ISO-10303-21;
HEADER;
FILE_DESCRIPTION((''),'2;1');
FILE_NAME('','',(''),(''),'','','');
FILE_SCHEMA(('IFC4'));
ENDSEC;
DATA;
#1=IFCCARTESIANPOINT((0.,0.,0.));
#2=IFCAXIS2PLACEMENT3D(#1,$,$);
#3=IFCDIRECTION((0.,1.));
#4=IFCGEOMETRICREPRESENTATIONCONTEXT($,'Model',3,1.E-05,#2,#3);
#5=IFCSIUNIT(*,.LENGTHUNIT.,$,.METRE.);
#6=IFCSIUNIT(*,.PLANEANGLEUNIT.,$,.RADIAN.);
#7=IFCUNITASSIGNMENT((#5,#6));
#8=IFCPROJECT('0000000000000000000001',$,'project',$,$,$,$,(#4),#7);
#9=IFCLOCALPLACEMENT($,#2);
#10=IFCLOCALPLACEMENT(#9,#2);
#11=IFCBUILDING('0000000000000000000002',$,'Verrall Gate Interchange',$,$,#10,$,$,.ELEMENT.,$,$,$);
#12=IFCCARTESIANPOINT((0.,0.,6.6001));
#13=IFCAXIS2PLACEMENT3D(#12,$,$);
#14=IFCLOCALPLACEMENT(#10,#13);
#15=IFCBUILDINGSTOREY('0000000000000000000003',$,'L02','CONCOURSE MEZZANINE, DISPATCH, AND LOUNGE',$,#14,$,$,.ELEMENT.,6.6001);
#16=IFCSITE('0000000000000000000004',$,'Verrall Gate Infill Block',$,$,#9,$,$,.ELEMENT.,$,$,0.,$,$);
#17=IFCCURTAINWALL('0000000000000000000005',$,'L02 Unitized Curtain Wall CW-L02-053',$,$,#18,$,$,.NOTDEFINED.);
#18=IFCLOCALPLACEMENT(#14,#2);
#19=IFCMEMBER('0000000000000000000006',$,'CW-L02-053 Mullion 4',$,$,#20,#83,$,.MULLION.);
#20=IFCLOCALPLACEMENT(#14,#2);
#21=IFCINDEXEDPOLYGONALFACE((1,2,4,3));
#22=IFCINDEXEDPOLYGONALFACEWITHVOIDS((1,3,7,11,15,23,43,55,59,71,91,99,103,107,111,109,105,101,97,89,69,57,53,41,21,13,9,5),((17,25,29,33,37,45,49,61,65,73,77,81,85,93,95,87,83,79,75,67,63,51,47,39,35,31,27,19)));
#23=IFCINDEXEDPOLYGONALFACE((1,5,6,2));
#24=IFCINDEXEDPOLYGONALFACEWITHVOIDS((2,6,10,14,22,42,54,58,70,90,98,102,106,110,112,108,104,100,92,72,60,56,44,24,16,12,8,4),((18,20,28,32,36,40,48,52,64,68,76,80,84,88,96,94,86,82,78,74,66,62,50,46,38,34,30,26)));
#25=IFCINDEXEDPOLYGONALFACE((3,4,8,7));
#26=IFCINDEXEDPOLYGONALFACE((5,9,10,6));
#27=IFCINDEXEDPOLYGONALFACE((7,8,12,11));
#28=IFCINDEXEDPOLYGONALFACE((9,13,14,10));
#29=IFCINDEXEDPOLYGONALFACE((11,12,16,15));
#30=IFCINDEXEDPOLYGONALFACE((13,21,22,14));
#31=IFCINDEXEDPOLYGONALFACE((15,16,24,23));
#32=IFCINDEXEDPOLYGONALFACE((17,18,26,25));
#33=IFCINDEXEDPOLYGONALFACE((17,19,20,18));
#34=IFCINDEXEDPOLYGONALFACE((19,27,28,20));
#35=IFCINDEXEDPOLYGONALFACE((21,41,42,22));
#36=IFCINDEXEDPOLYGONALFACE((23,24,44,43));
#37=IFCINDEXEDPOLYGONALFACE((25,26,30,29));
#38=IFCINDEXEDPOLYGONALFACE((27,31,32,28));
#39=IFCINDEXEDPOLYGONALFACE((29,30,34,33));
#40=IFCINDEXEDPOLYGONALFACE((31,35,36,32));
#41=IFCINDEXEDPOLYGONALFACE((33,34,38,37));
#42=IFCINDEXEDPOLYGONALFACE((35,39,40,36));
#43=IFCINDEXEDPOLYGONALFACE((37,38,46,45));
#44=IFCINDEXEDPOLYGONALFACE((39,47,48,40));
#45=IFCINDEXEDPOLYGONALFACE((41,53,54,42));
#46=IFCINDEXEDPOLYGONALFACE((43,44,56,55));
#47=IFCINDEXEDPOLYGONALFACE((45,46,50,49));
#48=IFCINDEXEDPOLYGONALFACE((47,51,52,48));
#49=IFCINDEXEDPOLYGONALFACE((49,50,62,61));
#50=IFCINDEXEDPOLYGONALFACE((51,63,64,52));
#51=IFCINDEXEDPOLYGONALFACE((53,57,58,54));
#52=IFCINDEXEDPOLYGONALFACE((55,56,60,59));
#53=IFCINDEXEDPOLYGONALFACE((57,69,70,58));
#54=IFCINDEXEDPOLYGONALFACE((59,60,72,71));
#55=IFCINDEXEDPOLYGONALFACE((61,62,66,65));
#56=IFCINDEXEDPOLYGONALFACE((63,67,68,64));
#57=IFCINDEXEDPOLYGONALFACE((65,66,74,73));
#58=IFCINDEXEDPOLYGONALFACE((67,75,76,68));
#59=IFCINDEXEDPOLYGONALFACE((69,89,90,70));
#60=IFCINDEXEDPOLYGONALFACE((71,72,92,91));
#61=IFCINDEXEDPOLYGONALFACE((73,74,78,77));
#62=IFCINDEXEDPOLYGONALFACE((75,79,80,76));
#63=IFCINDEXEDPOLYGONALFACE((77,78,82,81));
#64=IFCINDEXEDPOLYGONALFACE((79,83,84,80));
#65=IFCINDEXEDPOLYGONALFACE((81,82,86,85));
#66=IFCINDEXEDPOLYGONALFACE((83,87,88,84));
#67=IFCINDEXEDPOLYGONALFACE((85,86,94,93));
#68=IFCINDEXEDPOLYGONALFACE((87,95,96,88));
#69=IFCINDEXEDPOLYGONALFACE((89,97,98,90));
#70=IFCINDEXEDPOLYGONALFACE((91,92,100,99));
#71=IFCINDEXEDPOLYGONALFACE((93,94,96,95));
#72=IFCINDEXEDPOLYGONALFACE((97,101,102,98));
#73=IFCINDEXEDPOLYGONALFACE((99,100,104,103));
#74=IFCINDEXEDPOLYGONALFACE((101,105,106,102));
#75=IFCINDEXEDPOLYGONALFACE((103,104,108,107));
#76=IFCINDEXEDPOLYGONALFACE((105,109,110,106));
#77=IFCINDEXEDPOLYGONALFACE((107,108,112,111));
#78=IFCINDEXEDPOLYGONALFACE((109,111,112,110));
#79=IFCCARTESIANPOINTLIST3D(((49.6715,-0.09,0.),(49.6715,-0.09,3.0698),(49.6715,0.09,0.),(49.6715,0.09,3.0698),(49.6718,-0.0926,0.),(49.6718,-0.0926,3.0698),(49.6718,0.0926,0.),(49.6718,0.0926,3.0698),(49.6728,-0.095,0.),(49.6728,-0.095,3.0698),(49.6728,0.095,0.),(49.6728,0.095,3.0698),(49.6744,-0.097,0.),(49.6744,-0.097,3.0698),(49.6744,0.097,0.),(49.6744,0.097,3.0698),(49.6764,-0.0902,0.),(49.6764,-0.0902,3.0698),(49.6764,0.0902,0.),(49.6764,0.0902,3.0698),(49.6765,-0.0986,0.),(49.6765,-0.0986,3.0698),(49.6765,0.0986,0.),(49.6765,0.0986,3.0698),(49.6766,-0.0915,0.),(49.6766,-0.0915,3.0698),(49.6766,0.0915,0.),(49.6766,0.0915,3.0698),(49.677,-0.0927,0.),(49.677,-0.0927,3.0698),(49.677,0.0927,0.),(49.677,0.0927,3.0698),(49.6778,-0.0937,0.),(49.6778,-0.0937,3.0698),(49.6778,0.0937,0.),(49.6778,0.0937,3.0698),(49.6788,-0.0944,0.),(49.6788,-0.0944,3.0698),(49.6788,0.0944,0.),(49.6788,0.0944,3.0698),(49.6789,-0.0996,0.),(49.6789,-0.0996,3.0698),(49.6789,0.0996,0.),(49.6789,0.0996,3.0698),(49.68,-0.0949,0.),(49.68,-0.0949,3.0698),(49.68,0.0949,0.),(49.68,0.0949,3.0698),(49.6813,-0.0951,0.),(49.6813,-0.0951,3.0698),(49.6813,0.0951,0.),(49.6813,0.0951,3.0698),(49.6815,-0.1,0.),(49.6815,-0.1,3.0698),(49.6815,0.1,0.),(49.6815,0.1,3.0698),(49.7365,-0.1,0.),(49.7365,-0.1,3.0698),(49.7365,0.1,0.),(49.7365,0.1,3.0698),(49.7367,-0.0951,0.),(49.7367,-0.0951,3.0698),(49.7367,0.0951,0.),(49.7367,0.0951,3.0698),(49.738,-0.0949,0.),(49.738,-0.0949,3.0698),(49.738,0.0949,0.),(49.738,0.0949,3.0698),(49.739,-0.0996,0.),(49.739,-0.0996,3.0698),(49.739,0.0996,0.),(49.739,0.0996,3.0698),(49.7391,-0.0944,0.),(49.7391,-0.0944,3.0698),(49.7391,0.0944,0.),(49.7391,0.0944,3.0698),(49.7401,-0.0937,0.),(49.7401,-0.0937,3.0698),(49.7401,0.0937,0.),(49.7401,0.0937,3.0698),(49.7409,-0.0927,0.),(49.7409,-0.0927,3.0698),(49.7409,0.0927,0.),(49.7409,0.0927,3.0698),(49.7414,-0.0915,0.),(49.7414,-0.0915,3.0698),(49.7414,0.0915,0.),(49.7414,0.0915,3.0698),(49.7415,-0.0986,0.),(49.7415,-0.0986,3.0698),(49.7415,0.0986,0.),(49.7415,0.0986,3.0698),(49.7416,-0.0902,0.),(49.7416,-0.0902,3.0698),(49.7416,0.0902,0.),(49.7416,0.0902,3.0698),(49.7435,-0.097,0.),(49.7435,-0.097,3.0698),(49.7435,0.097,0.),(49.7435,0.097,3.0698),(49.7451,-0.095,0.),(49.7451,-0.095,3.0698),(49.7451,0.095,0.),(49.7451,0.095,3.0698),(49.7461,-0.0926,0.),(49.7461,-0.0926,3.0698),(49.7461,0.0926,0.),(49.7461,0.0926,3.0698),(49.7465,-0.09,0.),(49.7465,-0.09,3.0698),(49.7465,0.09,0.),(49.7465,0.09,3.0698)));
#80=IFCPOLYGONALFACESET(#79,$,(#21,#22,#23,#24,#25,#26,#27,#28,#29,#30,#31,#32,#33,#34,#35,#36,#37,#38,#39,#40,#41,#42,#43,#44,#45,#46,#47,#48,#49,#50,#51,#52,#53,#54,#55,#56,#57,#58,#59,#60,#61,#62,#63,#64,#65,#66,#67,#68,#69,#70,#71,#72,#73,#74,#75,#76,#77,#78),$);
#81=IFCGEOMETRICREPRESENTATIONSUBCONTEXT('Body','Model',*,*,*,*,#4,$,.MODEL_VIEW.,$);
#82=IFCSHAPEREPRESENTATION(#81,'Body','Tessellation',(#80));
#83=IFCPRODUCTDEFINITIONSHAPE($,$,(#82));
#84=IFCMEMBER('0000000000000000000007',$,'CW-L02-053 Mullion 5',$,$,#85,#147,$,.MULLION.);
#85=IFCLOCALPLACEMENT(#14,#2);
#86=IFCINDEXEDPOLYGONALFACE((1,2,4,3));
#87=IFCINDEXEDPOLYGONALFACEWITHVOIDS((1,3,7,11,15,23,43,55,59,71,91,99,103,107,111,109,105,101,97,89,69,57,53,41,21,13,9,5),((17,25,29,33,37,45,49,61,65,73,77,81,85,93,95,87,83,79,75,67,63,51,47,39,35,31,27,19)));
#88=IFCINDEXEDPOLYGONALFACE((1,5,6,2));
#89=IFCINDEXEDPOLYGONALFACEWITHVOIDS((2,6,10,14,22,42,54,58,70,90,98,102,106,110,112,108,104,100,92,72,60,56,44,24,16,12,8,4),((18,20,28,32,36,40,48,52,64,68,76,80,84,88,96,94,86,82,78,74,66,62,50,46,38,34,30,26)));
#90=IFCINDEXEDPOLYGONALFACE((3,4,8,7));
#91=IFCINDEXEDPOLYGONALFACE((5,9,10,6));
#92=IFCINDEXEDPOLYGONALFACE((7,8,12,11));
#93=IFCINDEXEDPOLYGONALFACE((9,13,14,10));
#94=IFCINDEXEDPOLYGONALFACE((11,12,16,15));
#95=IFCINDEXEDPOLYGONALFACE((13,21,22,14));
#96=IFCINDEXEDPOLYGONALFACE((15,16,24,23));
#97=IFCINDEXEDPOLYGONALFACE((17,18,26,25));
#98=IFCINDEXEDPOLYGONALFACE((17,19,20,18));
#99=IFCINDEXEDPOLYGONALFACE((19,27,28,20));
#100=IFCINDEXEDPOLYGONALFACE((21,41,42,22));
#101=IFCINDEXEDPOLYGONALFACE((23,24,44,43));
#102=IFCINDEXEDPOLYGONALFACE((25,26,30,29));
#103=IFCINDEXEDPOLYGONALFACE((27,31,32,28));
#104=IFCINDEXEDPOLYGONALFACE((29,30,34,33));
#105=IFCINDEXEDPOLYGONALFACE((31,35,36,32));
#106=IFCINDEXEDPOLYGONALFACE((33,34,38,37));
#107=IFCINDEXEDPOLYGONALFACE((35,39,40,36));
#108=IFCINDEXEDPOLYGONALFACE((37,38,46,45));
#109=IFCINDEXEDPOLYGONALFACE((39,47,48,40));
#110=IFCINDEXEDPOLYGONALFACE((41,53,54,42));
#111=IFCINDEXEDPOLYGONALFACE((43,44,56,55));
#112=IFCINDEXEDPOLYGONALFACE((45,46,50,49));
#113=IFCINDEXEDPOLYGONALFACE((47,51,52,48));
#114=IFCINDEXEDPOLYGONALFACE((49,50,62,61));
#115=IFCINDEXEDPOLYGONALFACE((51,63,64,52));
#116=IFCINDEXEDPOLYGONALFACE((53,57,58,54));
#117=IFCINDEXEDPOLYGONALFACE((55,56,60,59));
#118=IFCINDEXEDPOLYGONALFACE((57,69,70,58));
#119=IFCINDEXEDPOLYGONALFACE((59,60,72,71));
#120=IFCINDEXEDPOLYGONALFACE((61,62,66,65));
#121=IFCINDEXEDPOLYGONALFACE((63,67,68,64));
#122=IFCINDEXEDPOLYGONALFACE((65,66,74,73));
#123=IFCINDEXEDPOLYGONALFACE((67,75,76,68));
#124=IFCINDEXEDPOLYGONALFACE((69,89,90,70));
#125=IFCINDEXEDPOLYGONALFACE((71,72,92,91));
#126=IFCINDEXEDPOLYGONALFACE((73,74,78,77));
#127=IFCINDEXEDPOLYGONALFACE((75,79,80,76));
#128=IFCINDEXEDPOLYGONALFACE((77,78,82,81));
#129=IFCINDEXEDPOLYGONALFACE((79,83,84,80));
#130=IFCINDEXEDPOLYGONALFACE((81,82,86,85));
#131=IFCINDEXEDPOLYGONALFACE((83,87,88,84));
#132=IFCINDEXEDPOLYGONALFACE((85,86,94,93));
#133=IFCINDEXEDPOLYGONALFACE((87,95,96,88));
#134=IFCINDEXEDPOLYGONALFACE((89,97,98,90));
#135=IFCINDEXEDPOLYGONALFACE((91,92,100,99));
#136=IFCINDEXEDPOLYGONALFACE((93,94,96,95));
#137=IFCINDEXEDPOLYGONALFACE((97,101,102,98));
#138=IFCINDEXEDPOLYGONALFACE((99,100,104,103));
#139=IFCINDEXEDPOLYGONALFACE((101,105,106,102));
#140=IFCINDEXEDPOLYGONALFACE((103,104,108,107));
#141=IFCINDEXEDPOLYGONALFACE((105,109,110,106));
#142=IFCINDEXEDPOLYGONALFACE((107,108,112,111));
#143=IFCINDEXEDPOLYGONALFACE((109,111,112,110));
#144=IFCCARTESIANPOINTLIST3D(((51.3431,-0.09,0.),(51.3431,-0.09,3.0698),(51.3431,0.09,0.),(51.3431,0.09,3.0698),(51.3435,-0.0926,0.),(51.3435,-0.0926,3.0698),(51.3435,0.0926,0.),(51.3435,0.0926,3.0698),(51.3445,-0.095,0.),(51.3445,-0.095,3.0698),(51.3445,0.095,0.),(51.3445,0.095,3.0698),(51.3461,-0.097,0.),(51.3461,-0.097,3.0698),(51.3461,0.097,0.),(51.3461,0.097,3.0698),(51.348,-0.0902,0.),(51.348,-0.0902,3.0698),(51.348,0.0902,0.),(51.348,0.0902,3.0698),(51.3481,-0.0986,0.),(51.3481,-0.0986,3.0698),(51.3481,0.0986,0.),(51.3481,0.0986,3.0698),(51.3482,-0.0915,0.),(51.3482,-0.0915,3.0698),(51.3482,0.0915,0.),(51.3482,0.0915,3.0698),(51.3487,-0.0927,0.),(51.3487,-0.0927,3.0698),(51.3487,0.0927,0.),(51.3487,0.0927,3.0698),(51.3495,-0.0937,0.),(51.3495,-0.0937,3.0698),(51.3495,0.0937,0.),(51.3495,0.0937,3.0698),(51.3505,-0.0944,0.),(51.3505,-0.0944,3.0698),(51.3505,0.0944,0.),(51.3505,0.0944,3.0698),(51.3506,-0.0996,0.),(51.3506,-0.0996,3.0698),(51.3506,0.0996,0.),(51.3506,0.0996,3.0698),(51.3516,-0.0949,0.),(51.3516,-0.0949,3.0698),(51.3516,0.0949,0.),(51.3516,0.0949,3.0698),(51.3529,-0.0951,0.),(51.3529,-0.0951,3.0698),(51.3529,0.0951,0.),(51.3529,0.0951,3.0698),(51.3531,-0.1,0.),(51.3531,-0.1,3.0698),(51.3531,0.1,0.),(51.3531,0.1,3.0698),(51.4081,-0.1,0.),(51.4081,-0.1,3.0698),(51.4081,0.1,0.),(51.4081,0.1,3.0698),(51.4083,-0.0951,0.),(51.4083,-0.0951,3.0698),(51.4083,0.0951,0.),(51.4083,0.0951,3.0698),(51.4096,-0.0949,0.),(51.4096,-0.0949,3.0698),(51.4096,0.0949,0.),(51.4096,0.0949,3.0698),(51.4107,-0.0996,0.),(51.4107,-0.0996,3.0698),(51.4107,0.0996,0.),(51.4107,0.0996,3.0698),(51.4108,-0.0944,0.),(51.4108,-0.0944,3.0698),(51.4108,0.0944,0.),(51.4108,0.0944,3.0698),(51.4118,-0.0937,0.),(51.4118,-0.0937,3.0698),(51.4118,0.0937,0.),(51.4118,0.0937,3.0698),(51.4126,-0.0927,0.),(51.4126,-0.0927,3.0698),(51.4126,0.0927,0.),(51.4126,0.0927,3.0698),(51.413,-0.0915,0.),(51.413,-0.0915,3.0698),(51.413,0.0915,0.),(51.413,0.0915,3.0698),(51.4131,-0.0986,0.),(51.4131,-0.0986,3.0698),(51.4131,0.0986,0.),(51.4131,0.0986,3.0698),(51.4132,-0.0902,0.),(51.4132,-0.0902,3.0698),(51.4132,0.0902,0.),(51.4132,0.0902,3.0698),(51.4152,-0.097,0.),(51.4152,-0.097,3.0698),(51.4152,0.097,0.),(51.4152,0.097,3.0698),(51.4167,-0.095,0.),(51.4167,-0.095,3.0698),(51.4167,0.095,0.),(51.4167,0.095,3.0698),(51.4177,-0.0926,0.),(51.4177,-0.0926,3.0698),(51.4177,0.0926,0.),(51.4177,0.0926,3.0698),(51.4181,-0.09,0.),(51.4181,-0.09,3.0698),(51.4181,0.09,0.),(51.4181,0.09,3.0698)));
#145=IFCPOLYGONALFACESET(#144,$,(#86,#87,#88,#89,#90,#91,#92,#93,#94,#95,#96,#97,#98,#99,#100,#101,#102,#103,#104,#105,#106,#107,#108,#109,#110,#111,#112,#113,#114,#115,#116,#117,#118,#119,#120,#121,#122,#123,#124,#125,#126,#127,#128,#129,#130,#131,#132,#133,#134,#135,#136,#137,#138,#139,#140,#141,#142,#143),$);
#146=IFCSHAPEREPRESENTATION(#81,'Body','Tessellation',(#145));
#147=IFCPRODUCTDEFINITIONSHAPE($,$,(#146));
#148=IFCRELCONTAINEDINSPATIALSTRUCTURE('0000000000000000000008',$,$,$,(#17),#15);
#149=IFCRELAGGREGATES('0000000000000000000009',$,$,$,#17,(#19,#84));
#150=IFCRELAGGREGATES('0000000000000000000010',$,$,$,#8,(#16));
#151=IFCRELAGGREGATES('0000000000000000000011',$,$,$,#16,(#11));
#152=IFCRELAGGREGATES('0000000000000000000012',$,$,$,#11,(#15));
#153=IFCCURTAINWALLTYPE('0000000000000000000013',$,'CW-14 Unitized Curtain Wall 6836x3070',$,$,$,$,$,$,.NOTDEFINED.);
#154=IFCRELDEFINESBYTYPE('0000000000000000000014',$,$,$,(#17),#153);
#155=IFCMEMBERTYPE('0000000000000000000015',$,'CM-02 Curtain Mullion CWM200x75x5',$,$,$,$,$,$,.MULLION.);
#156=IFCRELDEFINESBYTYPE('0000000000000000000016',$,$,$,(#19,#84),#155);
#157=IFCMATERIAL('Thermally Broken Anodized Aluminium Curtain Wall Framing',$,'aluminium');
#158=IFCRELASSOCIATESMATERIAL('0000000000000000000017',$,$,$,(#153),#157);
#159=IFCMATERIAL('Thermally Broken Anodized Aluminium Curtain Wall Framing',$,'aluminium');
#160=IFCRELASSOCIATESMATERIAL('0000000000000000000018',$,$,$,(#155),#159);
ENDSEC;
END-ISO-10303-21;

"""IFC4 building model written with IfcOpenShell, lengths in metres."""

from ifc_helpers import new_model, si_unit, direction, frame, origin, origin_2d, place, context, subcontext, project, spatial, hollow_rectangle, extrude, material, material_profile, profile_set, type_object, element, aggregate, save


model = new_model("IFC4")

# Units and contexts
model_context = context("Model", 3, precision=1e-05, world=origin(), true_north=direction((0.0, 1.0)))
body_context = subcontext(model_context, "Body", "Model", "MODEL_VIEW")
ifc_project = project(units=[si_unit("LENGTHUNIT", "METRE"), si_unit("PLANEANGLEUNIT", "RADIAN")], contexts=[model_context])

# Site, building, storey
site_placement = place(None, origin())
site = spatial("IfcSite", under=ifc_project, at=site_placement, Name="Verrall Gate Infill Block", CompositionType="ELEMENT", RefElevation=0.0)
building_placement = place(site_placement, origin())
building = spatial("IfcBuilding", under=site, at=building_placement, Name="Verrall Gate Interchange", CompositionType="ELEMENT")
storey_placement = place(building_placement, frame((0.0, 0.0, 6.6001)))
storey = spatial("IfcBuildingStorey", under=building, at=storey_placement, Name="L02", Description="CONCOURSE MEZZANINE, DISPATCH, AND LOUNGE", CompositionType="ELEMENT", Elevation=6.6001)

# Curtain wall, members
ifc_material_1 = material(Name="Thermally Broken Anodized Aluminium Curtain Wall Framing", Category="aluminium")
curtain_wall_type = type_object("IfcCurtainWallType", Name="CW-14 Unitized Curtain Wall 6836x3070", PredefinedType="NOTDEFINED", material=ifc_material_1)
curtain_wall_1_placement = place(storey_placement, origin())
curtain_wall_1 = element("IfcCurtainWall", 1, at=curtain_wall_1_placement, inside=storey, type_object=curtain_wall_type, Name="L02 Unitized Curtain Wall CW-L02-053", PredefinedType="NOTDEFINED")
ifc_material_2 = material(Name="Thermally Broken Anodized Aluminium Curtain Wall Framing", Category="aluminium")
ifc_material_profile_1 = material_profile(ifc_material_2, hollow_rectangle(XDim=0.075, YDim=0.2, WallThickness=0.0049, InnerFilletRadius=0.0049, OuterFilletRadius=0.01, at=origin_2d()), Name="CWM200x75x5")
ifc_profile_set_1 = profile_set([ifc_material_profile_1], Name="Thermally Broken Anodized Aluminium Curtain Wall Framing")
member_type_1 = type_object("IfcMemberType", Name="CM-02 Curtain Mullion CWM200x75x5", PredefinedType="MULLION", material=ifc_profile_set_1)
member_1_placement = place(storey_placement, frame((49.709, 0.0, 0.0), z_axis=(0.0, 0.0, 1.0), x_axis=(1.0, 0.0, 0.0)))
member_1 = element("IfcMember", 2, at=member_1_placement, type_object=member_type_1, Name="CW-L02-053 Mullion 4", PredefinedType="MULLION", context=body_context, shape_type="SweptSolid", body=[
    extrude(hollow_rectangle(XDim=0.075, YDim=0.2, WallThickness=0.0049, InnerFilletRadius=0.0049, OuterFilletRadius=0.01, at=origin_2d()), origin(), (0.0, 0.0, 1.0), 3.0698),
])
member_2_placement = place(storey_placement, frame((51.3806, 0.0, 0.0), z_axis=(0.0, 0.0, 1.0), x_axis=(1.0, 0.0, 0.0)))
member_2 = element("IfcMember", 3, at=member_2_placement, type_object=member_type_1, Name="CW-L02-053 Mullion 5", PredefinedType="MULLION", context=body_context, shape_type="SweptSolid", body=[
    extrude(hollow_rectangle(XDim=0.075, YDim=0.2, WallThickness=0.0049, InnerFilletRadius=0.0049, OuterFilletRadius=0.01, at=origin_2d()), origin(), (0.0, 0.0, 1.0), 3.0698),
])

aggregate(curtain_wall_1, [member_1, member_2])

save(model, "model.ifc")
